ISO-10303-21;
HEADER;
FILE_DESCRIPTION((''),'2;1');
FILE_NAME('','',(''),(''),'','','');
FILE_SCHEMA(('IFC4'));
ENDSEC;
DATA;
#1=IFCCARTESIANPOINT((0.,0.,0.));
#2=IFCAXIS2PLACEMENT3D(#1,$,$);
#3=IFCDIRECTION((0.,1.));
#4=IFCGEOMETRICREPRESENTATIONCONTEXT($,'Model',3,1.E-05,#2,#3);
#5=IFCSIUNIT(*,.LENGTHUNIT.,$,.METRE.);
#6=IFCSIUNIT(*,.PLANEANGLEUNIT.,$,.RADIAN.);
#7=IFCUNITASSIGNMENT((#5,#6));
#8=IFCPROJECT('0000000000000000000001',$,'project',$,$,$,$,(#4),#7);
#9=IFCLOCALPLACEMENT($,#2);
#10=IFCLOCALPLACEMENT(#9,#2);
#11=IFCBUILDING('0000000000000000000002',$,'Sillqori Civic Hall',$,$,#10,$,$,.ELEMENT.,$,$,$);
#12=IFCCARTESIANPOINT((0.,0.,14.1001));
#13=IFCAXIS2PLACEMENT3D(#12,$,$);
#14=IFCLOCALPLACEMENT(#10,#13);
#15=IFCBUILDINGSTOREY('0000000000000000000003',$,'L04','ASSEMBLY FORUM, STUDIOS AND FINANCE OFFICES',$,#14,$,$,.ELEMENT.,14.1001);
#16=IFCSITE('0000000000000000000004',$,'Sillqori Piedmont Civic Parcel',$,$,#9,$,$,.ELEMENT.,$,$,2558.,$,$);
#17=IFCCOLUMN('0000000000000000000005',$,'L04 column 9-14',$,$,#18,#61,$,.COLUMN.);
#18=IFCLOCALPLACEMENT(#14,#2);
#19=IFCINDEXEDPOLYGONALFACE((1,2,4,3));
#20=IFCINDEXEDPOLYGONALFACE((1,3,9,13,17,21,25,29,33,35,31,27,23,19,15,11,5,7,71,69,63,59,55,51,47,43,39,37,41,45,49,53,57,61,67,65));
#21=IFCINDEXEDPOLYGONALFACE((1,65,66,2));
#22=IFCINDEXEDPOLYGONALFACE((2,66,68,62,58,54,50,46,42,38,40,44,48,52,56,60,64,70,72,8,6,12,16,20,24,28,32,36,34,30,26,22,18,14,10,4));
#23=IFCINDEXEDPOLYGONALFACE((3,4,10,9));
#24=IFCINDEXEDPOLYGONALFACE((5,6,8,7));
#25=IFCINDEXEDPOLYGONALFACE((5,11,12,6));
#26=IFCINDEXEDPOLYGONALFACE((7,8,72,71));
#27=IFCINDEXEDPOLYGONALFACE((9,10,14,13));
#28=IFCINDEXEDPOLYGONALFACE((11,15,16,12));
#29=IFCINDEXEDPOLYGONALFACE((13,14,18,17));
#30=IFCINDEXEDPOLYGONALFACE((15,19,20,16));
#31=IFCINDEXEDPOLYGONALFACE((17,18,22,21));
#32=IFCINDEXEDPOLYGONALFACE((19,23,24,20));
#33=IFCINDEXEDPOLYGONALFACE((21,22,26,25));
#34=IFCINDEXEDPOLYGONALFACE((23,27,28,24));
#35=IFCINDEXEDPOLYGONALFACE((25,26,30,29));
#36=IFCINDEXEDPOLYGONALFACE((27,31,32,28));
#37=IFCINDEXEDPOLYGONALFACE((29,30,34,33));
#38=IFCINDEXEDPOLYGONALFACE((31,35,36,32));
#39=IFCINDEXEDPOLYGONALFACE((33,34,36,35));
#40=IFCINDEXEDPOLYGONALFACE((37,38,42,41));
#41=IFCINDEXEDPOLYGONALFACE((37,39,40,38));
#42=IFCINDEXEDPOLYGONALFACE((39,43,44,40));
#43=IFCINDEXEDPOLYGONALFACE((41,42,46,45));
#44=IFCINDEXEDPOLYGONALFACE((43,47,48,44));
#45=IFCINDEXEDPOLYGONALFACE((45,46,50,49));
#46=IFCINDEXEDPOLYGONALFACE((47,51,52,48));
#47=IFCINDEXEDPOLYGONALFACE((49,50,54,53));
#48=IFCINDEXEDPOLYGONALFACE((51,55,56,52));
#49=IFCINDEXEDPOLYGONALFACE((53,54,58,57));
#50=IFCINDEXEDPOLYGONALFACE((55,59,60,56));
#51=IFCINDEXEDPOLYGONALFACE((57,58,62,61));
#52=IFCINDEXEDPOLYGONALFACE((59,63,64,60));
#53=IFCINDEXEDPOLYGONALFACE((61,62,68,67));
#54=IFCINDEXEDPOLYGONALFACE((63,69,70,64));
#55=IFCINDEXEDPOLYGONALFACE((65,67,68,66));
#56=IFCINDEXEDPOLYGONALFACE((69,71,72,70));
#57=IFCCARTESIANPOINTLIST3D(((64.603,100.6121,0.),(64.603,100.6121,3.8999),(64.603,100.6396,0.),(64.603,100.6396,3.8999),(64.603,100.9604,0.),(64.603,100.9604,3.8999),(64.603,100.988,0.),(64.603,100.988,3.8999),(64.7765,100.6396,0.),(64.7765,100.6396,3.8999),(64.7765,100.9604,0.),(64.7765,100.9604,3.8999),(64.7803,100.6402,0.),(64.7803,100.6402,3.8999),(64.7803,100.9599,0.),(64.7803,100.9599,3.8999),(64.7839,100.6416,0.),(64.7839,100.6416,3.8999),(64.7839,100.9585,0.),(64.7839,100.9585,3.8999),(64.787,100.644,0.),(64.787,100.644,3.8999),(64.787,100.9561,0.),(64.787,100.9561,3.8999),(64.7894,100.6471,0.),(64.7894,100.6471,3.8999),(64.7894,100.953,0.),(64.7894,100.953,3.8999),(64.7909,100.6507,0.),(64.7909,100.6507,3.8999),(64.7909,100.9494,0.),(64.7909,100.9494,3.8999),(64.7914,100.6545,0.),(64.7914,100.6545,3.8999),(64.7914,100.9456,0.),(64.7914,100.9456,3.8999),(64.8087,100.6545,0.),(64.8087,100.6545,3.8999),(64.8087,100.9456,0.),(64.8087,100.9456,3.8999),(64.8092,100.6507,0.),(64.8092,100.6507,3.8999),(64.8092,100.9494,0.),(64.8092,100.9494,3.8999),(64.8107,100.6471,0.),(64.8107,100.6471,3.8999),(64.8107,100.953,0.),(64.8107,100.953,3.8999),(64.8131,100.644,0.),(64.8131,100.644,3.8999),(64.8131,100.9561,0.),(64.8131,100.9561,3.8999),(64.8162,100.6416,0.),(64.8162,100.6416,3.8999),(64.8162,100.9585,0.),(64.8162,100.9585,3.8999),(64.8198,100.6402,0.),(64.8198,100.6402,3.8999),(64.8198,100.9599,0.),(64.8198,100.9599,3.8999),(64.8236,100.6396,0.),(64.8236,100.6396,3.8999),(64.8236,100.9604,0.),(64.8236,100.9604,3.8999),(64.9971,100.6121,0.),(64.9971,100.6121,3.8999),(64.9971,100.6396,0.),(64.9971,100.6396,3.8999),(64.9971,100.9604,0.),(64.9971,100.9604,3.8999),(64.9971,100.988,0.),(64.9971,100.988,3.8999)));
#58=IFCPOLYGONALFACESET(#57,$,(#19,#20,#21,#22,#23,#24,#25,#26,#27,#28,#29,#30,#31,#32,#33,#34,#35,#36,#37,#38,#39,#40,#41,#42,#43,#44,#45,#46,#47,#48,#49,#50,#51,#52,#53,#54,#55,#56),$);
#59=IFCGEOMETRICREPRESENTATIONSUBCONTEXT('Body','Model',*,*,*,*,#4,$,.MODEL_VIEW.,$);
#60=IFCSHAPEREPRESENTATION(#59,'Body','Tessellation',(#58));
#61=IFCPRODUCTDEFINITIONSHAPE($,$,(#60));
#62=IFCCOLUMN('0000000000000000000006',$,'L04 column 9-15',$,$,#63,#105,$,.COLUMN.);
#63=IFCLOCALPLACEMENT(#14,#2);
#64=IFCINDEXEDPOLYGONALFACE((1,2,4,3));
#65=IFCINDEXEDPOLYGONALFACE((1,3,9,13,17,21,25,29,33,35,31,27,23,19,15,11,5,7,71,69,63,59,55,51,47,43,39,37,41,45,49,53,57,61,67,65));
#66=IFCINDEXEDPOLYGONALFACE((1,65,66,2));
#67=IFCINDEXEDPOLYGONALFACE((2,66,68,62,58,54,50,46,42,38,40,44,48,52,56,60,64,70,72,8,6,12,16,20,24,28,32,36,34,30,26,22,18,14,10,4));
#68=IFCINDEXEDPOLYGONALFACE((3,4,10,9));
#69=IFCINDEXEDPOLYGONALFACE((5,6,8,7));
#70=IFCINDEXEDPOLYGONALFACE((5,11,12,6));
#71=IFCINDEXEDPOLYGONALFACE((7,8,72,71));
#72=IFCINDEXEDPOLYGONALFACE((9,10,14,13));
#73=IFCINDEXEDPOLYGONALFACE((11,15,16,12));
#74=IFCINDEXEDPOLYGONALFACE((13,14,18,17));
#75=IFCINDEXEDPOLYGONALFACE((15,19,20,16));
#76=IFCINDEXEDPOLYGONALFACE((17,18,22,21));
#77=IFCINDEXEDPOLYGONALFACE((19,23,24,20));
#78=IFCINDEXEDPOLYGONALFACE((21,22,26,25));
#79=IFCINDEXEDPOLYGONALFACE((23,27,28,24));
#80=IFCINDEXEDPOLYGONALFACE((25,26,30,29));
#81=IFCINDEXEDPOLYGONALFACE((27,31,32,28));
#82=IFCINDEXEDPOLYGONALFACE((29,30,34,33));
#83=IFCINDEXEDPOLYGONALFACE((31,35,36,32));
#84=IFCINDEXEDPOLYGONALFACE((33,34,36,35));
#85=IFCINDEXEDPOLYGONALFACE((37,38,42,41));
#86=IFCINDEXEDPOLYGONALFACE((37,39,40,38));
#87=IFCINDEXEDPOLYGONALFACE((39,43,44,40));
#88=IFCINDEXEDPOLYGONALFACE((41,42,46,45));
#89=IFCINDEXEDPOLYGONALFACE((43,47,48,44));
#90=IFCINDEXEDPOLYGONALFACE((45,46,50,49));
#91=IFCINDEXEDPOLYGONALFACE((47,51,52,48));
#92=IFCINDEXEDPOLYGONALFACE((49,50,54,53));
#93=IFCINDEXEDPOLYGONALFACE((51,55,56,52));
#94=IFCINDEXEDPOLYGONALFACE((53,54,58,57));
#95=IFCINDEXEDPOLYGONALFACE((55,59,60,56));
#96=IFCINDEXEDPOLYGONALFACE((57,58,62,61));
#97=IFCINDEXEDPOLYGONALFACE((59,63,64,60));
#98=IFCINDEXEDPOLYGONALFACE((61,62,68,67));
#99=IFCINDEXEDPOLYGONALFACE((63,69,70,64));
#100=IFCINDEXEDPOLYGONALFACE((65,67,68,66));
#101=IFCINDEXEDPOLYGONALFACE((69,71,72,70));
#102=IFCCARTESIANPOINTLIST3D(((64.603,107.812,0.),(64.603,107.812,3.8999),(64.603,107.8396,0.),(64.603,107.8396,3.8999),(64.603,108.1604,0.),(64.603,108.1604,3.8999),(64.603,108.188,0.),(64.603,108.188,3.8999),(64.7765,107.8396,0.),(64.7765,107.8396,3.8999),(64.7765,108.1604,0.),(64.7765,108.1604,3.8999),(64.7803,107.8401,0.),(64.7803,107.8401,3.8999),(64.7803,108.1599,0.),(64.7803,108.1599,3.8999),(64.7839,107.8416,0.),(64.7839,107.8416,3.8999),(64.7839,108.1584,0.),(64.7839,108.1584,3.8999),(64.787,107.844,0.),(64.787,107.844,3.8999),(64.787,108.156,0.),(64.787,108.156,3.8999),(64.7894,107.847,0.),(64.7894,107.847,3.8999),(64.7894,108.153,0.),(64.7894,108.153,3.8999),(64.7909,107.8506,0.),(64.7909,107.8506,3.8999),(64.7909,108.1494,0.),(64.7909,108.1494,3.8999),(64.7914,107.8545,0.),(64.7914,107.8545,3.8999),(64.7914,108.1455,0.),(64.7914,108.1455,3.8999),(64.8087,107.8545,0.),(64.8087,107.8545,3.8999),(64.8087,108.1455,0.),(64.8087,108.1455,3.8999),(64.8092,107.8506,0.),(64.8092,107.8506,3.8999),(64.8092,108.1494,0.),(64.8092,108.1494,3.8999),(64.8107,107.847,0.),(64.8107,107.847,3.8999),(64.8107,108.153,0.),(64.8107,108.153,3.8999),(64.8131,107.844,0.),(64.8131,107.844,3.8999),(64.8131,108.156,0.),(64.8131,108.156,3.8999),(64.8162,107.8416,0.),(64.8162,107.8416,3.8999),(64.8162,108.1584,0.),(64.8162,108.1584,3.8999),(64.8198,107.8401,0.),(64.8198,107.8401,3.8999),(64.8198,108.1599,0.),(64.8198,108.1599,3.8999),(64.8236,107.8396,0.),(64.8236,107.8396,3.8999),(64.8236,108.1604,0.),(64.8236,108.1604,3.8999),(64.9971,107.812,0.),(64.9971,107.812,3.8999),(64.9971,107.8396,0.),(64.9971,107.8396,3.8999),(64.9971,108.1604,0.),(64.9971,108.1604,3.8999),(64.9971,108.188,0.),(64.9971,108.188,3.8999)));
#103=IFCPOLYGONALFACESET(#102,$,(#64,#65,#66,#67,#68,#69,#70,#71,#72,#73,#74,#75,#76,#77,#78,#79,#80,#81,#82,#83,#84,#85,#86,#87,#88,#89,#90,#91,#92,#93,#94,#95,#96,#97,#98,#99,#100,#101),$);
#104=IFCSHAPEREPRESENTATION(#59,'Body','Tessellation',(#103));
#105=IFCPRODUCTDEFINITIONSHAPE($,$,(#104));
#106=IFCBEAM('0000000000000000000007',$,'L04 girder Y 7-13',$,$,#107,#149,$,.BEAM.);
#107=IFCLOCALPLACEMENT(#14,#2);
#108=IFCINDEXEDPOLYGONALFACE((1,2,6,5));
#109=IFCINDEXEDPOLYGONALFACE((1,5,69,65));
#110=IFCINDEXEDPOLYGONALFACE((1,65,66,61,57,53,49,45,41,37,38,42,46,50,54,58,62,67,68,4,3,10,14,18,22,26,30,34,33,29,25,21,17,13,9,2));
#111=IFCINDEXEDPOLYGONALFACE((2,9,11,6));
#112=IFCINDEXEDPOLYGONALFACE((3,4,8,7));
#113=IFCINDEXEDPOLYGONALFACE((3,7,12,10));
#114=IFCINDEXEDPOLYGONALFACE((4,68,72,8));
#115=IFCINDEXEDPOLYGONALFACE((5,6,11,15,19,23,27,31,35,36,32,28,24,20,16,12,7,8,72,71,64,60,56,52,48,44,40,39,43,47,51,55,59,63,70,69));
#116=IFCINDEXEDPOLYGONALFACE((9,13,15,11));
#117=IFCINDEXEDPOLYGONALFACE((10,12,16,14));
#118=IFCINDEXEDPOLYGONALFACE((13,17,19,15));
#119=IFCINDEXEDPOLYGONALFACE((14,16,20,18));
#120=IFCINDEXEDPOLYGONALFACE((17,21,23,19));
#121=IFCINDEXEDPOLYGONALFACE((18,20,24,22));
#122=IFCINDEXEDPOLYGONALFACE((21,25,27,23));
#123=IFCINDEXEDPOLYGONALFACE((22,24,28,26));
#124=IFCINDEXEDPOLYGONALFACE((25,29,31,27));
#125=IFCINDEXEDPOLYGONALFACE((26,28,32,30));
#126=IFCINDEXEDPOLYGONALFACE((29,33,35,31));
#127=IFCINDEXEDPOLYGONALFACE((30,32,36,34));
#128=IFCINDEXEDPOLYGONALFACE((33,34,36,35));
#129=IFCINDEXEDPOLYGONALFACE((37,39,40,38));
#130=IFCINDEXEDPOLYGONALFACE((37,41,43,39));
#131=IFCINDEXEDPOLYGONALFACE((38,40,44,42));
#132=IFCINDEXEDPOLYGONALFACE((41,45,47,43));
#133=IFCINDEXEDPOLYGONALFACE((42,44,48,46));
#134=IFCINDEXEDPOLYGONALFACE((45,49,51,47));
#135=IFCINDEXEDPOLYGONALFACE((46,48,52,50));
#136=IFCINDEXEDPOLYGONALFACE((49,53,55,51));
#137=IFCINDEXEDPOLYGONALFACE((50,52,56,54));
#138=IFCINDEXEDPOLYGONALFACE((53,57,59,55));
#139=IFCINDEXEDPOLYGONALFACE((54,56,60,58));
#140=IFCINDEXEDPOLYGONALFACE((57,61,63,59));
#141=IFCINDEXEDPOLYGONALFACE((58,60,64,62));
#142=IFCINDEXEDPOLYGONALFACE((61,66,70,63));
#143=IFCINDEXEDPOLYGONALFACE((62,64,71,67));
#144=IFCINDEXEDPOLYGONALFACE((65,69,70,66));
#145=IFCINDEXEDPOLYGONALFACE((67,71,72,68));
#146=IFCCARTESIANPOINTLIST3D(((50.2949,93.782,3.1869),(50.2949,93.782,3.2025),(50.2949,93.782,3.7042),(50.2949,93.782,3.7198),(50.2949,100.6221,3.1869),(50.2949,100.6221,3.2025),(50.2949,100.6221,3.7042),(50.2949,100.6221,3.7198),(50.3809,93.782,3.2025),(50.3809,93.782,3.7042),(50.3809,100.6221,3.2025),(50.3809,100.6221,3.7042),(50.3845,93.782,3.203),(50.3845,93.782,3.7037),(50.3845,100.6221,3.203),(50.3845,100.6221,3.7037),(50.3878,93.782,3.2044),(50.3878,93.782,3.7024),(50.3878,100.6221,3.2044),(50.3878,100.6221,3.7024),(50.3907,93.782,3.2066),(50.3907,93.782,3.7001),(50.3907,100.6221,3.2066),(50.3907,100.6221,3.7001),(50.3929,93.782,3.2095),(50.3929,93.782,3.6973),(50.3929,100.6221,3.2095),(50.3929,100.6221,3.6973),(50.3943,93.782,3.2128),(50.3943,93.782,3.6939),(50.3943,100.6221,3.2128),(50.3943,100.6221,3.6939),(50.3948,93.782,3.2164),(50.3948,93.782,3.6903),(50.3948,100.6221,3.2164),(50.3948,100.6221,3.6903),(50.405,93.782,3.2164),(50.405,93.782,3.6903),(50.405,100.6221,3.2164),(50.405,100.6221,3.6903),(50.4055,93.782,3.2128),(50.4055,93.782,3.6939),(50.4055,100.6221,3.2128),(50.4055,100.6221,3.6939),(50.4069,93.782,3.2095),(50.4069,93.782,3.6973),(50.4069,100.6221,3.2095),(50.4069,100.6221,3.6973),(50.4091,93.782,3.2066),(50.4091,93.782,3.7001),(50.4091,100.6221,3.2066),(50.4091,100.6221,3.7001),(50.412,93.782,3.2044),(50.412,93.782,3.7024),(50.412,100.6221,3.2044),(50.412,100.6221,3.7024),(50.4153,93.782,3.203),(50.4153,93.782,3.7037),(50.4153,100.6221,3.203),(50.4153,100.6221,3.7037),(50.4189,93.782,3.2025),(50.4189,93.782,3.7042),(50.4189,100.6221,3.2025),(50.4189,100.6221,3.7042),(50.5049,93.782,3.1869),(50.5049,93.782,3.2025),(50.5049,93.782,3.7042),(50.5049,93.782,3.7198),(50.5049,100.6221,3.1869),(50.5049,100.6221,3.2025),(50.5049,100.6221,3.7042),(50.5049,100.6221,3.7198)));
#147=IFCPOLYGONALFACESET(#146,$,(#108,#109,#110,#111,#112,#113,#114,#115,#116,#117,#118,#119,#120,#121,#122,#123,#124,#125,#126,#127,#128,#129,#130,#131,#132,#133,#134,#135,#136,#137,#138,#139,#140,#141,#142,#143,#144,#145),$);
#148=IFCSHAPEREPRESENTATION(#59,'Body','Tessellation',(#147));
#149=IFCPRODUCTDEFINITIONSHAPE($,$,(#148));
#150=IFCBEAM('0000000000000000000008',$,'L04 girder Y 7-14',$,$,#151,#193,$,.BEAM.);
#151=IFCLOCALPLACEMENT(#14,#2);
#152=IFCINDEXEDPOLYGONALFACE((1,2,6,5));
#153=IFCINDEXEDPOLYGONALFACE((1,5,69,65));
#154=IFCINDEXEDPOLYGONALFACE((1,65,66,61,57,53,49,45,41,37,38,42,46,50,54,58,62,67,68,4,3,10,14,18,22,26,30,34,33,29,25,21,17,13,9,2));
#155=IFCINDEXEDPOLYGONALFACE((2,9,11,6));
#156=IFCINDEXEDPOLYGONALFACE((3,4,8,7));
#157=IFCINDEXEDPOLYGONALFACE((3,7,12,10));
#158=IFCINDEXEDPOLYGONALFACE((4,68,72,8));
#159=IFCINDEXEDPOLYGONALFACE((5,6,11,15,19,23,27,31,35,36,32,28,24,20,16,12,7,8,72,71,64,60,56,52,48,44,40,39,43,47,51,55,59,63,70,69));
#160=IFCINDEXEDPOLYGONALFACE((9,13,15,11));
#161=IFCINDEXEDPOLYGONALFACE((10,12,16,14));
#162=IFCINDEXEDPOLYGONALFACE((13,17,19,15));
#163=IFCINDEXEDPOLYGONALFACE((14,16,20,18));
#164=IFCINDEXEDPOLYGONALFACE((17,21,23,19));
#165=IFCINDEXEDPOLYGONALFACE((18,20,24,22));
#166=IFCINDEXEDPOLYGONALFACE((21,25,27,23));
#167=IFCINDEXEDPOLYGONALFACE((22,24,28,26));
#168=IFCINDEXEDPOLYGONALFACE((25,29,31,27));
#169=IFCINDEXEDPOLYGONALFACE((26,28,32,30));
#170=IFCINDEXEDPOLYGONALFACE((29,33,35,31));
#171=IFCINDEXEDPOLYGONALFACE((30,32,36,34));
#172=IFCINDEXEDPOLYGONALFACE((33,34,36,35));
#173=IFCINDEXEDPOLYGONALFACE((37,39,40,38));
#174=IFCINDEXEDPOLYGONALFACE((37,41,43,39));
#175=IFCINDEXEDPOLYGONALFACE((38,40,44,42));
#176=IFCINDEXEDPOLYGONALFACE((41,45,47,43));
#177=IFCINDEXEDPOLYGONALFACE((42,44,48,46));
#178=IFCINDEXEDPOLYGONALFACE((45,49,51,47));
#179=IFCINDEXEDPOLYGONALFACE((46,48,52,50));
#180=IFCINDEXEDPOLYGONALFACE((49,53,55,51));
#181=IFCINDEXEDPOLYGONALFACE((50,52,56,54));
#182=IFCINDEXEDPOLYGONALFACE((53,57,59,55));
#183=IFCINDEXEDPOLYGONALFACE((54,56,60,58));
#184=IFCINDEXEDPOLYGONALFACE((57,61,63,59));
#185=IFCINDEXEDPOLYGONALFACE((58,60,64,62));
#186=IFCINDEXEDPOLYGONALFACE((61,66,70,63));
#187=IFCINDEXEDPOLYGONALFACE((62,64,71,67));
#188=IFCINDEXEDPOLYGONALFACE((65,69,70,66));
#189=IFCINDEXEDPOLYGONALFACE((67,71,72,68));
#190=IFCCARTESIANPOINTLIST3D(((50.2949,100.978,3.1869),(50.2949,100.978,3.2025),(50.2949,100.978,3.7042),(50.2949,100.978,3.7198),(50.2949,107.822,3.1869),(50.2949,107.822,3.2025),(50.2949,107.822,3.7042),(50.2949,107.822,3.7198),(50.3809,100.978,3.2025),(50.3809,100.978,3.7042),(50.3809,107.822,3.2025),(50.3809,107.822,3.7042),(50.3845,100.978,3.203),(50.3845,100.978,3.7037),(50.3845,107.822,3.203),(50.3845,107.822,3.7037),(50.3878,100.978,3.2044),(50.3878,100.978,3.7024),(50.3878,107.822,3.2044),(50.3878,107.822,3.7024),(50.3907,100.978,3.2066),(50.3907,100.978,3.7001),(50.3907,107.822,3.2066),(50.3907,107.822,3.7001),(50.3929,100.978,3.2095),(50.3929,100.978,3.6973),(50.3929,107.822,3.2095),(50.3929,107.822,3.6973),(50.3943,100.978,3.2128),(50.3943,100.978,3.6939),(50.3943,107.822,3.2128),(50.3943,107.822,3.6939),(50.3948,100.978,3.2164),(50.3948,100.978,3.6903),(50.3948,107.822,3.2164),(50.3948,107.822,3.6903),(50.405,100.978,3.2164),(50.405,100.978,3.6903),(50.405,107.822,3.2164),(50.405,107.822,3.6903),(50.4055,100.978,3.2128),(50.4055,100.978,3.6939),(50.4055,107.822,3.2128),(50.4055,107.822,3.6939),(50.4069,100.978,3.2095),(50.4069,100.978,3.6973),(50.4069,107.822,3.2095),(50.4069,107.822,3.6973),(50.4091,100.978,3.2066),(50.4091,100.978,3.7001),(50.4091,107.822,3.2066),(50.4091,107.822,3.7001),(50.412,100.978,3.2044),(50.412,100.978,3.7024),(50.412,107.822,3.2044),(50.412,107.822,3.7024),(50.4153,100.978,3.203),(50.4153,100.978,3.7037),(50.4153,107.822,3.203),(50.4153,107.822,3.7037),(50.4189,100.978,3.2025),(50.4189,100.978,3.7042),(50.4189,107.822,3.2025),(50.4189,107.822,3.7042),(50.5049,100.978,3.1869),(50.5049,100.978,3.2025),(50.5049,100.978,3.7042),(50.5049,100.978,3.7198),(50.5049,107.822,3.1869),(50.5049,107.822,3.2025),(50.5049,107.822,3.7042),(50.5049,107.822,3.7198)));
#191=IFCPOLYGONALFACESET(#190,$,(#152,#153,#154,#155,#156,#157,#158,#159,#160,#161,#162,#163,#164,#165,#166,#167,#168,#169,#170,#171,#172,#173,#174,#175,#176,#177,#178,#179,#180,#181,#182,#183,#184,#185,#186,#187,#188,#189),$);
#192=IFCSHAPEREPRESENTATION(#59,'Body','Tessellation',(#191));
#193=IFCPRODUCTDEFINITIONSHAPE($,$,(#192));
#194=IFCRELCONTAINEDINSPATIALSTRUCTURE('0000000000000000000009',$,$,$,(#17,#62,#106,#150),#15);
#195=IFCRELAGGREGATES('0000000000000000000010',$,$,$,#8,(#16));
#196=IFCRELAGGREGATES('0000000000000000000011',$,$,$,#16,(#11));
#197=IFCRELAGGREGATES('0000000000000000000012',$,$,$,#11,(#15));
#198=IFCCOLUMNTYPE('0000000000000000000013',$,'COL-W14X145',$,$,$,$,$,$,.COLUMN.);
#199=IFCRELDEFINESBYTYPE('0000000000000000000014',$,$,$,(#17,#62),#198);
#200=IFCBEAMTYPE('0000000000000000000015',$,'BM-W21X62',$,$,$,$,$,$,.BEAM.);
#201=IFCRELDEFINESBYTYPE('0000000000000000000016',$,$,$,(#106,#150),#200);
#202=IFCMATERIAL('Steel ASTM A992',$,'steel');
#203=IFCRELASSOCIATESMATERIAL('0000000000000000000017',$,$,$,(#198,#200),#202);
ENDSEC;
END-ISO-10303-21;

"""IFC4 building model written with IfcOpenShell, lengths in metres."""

from ifc_helpers import new_model, si_unit, direction, frame, origin, origin_2d, place, context, subcontext, project, spatial, i_section, extrude, material, material_profile, profile_set, type_object, element, save


model = new_model("IFC4")

# Units and contexts
model_context = context("Model", 3, precision=1e-05, world=origin(), true_north=direction((0.0, 1.0)))
body_context = subcontext(model_context, "Body", "Model", "MODEL_VIEW")
ifc_project = project(units=[si_unit("LENGTHUNIT", "METRE"), si_unit("PLANEANGLEUNIT", "RADIAN")], contexts=[model_context])

# Site, building, storey
site_placement = place(None, origin())
site = spatial("IfcSite", under=ifc_project, at=site_placement, Name="Sillqori Piedmont Civic Parcel", CompositionType="ELEMENT", RefElevation=2558.0)
building_placement = place(site_placement, origin())
building = spatial("IfcBuilding", under=site, at=building_placement, Name="Sillqori Civic Hall", CompositionType="ELEMENT")
storey_placement = place(building_placement, frame((0.0, 0.0, 14.1001)))
storey = spatial("IfcBuildingStorey", under=building, at=storey_placement, Name="L04", Description="ASSEMBLY FORUM, STUDIOS AND FINANCE OFFICES", CompositionType="ELEMENT", Elevation=14.1001)

# Columns
ifc_material_1 = material(Name="Steel ASTM A992", Category="steel")
ifc_material_profile_1 = material_profile(ifc_material_1, i_section(OverallWidth=0.394, OverallDepth=0.376, WebThickness=0.0173, FlangeThickness=0.0276, FilletRadius=0.0149, at=origin_2d()), Name="W14X145")
ifc_profile_set_1 = profile_set([ifc_material_profile_1], Name="Steel ASTM A992")
column_type_1 = type_object("IfcColumnType", Name="COL-W14X145", PredefinedType="COLUMN", material=ifc_profile_set_1)
for number, where, z_axis, x_axis, name in (
    (1, (64.8, 100.8, 0.0), (0.0, 0.0, 1.0), (1.0, 0.0, 0.0), "L04 column 9-14"),
    (2, (64.8, 108.0, 0.0), (0.0, 0.0, 1.0), (1.0, 0.0, 0.0), "L04 column 9-15"),
):
    element("IfcColumn", number, at=place(storey_placement, frame(where, z_axis=z_axis, x_axis=x_axis)), inside=storey, type_object=column_type_1, Name=name, PredefinedType="COLUMN", context=body_context, shape_type="SweptSolid", body=[
        extrude(i_section(OverallWidth=0.394, OverallDepth=0.376, WebThickness=0.0173, FlangeThickness=0.0276, FilletRadius=0.0149, at=origin_2d()), origin(), (0.0, 0.0, 1.0), 3.8999),
    ])

# Beams
ifc_material_profile_2 = material_profile(ifc_material_1, i_section(OverallWidth=0.21, OverallDepth=0.533, WebThickness=0.0103, FlangeThickness=0.0156, FilletRadius=0.0139, at=origin_2d()), Name="W21X62")
ifc_profile_set_2 = profile_set([ifc_material_profile_2], Name="Steel ASTM A992")
beam_type_1 = type_object("IfcBeamType", Name="BM-W21X62", PredefinedType="BEAM", material=ifc_profile_set_2)
beam_1_placement = place(storey_placement, frame((50.3999, 93.782, 3.4534), z_axis=(0.0, 1.0, 0.0), x_axis=(-1.0, 0.0, 0.0)))
element("IfcBeam", 3, at=beam_1_placement, inside=storey, type_object=beam_type_1, Name="L04 girder Y 7-13", PredefinedType="BEAM", context=body_context, shape_type="SweptSolid", body=[
    extrude(i_section(OverallWidth=0.21, OverallDepth=0.533, WebThickness=0.0103, FlangeThickness=0.0156, FilletRadius=0.0139, at=origin_2d()), origin(), (0.0, 0.0, 1.0), 6.8401),
])
beam_2_placement = place(storey_placement, frame((50.3999, 100.978, 3.4534), z_axis=(0.0, 1.0, 0.0), x_axis=(-1.0, 0.0, 0.0)))
element("IfcBeam", 4, at=beam_2_placement, inside=storey, type_object=beam_type_1, Name="L04 girder Y 7-14", PredefinedType="BEAM", context=body_context, shape_type="SweptSolid", body=[
    extrude(i_section(OverallWidth=0.21, OverallDepth=0.533, WebThickness=0.0103, FlangeThickness=0.0156, FilletRadius=0.0139, at=origin_2d()), origin(), (0.0, 0.0, 1.0), 6.844),
])

save(model, "model.ifc")
